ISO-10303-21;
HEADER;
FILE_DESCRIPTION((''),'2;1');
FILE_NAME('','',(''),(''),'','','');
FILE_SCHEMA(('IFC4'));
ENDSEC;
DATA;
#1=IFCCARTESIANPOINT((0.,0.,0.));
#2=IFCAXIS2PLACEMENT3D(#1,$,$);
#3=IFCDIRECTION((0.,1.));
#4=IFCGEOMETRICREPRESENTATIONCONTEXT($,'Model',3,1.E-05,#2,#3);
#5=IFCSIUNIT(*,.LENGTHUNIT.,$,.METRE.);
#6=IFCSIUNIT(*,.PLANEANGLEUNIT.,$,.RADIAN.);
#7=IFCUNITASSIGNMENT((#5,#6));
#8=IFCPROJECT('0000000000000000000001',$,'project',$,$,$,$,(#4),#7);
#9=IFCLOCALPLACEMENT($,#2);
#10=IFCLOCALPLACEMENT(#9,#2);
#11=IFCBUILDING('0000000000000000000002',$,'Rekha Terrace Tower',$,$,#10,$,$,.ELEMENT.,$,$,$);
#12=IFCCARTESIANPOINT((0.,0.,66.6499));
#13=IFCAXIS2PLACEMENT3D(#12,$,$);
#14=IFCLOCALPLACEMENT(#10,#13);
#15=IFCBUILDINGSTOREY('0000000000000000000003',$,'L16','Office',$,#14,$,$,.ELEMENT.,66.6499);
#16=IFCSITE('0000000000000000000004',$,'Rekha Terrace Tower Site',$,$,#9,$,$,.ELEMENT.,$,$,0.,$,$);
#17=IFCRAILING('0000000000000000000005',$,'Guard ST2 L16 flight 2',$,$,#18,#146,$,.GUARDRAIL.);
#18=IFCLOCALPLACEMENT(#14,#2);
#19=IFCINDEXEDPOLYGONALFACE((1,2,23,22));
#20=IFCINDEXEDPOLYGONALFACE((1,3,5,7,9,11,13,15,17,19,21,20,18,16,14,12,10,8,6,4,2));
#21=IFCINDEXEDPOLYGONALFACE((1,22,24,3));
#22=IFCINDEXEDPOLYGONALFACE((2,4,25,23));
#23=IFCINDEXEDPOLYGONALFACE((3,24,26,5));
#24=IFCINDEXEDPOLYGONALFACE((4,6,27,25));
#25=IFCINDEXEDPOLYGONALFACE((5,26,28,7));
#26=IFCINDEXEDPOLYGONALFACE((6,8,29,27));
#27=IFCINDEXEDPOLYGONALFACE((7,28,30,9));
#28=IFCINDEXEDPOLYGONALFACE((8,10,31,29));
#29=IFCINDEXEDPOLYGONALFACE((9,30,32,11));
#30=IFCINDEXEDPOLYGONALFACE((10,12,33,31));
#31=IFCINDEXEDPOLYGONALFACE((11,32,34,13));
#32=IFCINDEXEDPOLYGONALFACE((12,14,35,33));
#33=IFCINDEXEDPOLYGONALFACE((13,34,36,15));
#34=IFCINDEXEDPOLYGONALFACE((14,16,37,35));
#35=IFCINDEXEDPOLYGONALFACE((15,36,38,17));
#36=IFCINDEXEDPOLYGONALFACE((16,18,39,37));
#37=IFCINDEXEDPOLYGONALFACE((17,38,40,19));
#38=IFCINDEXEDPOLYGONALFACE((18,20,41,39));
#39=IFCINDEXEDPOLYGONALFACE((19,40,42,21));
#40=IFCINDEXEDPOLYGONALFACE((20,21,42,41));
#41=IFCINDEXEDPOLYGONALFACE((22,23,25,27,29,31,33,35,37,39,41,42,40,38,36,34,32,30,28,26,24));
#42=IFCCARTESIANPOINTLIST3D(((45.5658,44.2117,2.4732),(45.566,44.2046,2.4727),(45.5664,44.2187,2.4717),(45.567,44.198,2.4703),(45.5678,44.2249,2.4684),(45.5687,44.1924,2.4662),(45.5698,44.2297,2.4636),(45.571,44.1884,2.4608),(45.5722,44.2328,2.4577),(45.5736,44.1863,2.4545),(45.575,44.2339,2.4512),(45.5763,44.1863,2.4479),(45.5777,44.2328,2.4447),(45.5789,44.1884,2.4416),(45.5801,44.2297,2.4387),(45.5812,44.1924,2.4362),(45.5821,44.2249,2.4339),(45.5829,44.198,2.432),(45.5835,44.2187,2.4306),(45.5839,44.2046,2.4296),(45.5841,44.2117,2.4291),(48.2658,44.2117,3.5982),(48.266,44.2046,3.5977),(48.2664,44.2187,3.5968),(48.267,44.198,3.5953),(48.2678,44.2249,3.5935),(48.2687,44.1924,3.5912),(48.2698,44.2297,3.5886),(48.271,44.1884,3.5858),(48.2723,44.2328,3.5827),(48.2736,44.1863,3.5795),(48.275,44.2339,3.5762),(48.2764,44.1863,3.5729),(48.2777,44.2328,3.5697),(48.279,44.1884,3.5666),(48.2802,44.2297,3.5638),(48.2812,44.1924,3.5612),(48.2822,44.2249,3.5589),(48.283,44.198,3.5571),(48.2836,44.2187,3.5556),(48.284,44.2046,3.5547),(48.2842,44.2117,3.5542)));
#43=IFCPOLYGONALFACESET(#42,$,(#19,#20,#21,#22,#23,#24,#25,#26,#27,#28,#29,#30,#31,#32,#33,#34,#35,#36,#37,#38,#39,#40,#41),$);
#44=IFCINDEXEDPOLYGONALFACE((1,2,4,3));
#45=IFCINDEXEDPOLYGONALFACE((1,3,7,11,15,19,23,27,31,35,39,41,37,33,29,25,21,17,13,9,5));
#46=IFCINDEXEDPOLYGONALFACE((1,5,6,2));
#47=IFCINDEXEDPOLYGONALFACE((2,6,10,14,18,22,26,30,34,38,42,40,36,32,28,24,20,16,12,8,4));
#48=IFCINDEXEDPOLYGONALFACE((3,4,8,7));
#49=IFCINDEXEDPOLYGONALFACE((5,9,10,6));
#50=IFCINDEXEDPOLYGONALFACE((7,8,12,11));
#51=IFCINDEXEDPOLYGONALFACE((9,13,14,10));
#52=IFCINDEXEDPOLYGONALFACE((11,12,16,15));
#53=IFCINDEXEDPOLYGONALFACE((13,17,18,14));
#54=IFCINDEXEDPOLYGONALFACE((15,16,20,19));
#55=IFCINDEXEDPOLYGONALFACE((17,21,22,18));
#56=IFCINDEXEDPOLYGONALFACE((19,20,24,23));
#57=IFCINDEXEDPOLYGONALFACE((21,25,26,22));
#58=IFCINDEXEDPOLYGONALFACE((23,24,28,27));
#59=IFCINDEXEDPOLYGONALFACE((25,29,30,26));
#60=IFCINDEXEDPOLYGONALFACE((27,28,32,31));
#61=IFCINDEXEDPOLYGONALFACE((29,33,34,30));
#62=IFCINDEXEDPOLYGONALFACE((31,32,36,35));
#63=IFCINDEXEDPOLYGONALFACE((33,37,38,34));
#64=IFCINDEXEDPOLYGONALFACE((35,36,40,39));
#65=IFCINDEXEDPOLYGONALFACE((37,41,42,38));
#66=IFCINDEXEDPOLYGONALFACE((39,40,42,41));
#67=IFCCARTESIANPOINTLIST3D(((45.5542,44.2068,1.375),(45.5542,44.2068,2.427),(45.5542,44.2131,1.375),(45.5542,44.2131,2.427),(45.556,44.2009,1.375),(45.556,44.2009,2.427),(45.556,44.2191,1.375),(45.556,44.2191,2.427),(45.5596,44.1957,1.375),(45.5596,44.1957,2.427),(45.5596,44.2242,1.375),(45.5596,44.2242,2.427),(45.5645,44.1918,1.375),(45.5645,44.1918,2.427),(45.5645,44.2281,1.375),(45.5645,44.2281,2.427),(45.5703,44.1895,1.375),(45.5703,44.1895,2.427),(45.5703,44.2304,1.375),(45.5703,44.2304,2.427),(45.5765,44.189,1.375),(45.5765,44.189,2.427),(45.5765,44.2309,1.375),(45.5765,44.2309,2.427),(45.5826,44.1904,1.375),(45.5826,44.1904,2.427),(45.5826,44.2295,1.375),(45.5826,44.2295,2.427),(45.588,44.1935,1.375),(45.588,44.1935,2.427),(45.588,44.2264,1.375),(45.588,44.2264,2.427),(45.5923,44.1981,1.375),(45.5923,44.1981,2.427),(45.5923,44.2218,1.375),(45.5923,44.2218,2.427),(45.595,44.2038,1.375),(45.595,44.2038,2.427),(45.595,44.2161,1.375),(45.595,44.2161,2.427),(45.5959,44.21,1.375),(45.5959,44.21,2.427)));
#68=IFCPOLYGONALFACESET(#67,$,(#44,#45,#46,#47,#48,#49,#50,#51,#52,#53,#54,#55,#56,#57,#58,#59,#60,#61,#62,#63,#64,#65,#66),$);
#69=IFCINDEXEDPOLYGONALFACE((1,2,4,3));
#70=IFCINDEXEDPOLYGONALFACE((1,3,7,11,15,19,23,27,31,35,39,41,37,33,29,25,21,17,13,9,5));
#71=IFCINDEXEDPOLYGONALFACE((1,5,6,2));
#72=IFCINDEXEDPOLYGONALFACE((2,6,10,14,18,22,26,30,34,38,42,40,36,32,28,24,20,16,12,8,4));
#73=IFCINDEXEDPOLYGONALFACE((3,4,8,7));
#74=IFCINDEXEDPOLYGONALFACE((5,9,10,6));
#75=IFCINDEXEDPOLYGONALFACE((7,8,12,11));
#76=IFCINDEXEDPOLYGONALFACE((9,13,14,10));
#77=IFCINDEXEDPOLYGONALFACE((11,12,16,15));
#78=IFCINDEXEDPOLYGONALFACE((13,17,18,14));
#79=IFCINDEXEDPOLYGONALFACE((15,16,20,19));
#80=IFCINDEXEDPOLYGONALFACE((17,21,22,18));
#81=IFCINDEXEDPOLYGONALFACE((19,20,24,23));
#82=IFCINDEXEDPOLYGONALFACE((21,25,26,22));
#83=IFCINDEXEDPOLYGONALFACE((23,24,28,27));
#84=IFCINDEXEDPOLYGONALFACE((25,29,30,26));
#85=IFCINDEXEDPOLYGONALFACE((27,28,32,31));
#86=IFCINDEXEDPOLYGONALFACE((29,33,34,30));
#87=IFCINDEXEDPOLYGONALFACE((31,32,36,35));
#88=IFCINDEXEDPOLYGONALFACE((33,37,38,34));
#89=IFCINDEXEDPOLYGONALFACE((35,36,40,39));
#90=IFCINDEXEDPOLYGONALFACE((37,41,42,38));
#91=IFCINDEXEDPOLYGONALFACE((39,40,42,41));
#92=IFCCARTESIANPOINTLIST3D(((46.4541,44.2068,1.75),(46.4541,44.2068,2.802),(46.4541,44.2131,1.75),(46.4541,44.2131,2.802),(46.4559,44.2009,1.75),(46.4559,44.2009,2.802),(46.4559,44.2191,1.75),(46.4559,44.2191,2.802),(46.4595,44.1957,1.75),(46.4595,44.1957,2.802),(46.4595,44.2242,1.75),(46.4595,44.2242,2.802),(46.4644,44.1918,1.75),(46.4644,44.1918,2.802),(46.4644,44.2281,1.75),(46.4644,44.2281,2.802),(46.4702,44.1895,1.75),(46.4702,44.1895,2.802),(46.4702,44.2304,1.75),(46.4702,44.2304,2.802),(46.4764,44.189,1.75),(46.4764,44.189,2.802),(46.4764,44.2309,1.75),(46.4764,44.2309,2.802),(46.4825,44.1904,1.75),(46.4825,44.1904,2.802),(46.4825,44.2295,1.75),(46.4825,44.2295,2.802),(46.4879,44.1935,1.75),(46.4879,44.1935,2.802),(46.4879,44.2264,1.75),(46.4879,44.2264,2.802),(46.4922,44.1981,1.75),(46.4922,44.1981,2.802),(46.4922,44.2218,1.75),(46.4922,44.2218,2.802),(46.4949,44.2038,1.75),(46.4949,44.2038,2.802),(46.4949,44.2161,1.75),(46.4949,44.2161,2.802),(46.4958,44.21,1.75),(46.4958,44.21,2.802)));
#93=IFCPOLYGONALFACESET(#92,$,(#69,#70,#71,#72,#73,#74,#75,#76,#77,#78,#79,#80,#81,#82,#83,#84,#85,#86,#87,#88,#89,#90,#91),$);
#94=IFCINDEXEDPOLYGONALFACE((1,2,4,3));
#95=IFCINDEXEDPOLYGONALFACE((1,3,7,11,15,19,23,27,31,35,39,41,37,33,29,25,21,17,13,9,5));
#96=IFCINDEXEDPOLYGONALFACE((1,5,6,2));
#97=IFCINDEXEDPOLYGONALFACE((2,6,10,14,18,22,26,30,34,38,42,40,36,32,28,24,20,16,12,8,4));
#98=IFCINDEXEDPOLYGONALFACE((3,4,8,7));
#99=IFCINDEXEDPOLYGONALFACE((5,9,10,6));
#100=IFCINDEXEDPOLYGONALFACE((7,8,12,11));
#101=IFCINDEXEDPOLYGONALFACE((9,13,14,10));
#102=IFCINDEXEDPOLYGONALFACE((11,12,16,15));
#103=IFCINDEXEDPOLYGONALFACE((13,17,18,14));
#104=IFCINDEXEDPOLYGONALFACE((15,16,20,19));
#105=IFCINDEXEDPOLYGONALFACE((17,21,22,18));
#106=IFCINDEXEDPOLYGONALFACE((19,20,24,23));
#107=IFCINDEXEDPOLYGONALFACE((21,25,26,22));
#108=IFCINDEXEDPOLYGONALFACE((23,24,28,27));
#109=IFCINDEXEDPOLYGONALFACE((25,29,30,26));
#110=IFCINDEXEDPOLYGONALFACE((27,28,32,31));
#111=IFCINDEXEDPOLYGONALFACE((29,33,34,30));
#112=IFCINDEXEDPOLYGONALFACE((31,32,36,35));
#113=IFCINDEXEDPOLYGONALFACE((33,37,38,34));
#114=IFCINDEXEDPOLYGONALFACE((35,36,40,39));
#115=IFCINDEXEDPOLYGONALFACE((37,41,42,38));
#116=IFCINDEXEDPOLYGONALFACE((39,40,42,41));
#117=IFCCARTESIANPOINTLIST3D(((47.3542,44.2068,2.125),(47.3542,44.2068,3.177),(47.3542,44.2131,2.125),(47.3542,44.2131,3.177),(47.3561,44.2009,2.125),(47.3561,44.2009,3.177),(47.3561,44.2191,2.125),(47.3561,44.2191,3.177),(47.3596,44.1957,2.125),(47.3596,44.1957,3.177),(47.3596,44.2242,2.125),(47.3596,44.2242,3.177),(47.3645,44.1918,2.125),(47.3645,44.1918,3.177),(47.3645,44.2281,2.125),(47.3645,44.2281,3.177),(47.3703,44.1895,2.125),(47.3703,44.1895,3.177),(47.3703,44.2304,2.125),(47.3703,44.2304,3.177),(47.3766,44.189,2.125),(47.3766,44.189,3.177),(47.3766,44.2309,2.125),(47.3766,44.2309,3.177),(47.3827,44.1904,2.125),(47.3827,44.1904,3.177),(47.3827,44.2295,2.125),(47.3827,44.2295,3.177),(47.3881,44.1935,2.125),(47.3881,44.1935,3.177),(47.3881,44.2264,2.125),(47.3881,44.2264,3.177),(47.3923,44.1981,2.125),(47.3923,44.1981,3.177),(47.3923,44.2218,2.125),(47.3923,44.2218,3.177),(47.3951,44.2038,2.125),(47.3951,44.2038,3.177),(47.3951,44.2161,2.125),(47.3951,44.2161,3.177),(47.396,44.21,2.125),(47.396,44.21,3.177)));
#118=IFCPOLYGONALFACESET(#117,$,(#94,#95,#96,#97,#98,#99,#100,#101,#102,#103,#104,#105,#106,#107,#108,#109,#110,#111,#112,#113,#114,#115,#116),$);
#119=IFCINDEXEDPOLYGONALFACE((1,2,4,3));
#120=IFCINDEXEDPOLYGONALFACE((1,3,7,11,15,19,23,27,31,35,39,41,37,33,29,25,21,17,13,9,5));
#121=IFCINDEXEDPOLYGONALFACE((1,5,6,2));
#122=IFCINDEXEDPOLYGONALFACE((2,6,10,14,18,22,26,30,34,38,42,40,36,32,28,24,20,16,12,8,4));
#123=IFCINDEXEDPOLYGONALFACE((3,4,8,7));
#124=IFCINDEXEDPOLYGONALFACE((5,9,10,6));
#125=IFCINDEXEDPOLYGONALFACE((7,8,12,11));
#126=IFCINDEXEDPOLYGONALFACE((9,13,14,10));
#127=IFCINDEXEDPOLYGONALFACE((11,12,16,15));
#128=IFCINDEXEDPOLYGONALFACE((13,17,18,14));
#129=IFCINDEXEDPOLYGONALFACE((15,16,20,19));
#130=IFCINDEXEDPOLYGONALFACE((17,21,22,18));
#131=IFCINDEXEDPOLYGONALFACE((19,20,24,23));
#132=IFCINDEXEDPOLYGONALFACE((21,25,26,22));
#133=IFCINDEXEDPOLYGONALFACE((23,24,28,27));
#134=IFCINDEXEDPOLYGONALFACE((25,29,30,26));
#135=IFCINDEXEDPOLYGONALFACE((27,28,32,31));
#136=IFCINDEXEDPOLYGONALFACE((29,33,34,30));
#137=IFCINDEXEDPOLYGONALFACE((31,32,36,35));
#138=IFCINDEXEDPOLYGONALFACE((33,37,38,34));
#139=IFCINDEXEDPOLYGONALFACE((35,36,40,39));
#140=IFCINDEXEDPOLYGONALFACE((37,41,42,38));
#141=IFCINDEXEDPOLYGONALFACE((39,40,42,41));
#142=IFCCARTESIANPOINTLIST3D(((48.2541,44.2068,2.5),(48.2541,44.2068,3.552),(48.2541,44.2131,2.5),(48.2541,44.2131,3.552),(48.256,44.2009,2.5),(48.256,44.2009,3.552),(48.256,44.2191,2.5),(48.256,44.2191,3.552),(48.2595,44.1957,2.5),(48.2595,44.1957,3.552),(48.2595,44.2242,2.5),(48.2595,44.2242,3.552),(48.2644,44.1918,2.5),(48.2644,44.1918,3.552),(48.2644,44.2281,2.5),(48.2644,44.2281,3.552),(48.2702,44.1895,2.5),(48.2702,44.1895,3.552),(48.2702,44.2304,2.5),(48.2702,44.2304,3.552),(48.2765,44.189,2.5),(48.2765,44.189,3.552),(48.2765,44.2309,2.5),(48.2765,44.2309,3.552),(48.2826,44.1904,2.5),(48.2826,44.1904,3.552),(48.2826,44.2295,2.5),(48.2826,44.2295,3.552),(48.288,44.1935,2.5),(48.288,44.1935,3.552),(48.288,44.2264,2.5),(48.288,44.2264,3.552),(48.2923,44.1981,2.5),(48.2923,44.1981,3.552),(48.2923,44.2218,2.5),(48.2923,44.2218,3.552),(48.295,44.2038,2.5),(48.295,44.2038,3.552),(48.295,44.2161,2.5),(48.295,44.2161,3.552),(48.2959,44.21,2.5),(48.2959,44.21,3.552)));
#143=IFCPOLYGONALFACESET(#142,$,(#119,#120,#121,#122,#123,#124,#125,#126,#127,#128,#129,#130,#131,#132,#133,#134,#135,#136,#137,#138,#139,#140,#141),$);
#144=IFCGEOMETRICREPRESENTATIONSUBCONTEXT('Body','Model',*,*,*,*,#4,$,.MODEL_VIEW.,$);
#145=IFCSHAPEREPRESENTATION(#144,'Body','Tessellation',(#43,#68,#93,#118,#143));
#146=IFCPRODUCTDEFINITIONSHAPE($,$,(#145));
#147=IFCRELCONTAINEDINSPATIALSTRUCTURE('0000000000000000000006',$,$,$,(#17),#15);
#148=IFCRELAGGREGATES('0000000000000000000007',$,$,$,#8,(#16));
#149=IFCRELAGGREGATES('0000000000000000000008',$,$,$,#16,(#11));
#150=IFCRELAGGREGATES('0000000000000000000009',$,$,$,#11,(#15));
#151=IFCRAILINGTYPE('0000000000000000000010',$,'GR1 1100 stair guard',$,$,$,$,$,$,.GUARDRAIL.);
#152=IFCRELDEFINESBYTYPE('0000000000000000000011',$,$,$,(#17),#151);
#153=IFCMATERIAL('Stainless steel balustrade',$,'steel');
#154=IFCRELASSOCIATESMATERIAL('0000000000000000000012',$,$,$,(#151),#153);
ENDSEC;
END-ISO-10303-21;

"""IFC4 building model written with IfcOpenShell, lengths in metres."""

from ifc_helpers import new_model, si_unit, direction, frame, origin, origin_2d, place, context, subcontext, project, spatial, circle, extrude, material, type_object, element, save


model = new_model("IFC4")

# Units and contexts
model_context = context("Model", 3, precision=1e-05, world=origin(), true_north=direction((0.0, 1.0)))
body_context = subcontext(model_context, "Body", "Model", "MODEL_VIEW")
ifc_project = project(units=[si_unit("LENGTHUNIT", "METRE"), si_unit("PLANEANGLEUNIT", "RADIAN")], contexts=[model_context])

# Site, building, storey
site_placement = place(None, origin())
site = spatial("IfcSite", under=ifc_project, at=site_placement, Name="Rekha Terrace Tower Site", CompositionType="ELEMENT", RefElevation=0.0)
building_placement = place(site_placement, origin())
building = spatial("IfcBuilding", under=site, at=building_placement, Name="Rekha Terrace Tower", CompositionType="ELEMENT")
storey_placement = place(building_placement, frame((0.0, 0.0, 66.6499)))
storey = spatial("IfcBuildingStorey", under=building, at=storey_placement, Name="L16", Description="Office", CompositionType="ELEMENT", Elevation=66.6499)

# Railing
ifc_material_1 = material(Name="Stainless steel balustrade", Category="steel")
railing_type_1 = type_object("IfcRailingType", Name="GR1 1100 stair guard", PredefinedType="GUARDRAIL", material=ifc_material_1)
railing_1_placement = place(storey_placement, frame((45.575, 44.21, 1.375)))
element("IfcRailing", 1, at=railing_1_placement, inside=storey, type_object=railing_type_1, Name="Guard ST2 L16 flight 2", PredefinedType="GUARDRAIL", context=body_context, shape_type="SweptSolid", body=[
    extrude(circle(Radius=0.0239, at=origin_2d()), frame((0.0, 0.0, 1.0762), z_axis=(0.923074, 0.0, 0.384621), x_axis=(0.0, 1.0, 0.0)), (0.0, 0.0, 1.0), 2.925),
    extrude(circle(Radius=0.021, at=origin_2d()), origin(), (0.0, 0.0, 1.0), 1.052),
    extrude(circle(Radius=0.021, at=origin_2d()), frame((0.8999, 0.0, 0.375)), (0.0, 0.0, 1.0), 1.052),
    extrude(circle(Radius=0.021, at=origin_2d()), frame((1.8, 0.0, 0.75)), (0.0, 0.0, 1.0), 1.052),
    extrude(circle(Radius=0.021, at=origin_2d()), frame((2.7, 0.0, 1.125)), (0.0, 0.0, 1.0), 1.052),
])

save(model, "model.ifc")
